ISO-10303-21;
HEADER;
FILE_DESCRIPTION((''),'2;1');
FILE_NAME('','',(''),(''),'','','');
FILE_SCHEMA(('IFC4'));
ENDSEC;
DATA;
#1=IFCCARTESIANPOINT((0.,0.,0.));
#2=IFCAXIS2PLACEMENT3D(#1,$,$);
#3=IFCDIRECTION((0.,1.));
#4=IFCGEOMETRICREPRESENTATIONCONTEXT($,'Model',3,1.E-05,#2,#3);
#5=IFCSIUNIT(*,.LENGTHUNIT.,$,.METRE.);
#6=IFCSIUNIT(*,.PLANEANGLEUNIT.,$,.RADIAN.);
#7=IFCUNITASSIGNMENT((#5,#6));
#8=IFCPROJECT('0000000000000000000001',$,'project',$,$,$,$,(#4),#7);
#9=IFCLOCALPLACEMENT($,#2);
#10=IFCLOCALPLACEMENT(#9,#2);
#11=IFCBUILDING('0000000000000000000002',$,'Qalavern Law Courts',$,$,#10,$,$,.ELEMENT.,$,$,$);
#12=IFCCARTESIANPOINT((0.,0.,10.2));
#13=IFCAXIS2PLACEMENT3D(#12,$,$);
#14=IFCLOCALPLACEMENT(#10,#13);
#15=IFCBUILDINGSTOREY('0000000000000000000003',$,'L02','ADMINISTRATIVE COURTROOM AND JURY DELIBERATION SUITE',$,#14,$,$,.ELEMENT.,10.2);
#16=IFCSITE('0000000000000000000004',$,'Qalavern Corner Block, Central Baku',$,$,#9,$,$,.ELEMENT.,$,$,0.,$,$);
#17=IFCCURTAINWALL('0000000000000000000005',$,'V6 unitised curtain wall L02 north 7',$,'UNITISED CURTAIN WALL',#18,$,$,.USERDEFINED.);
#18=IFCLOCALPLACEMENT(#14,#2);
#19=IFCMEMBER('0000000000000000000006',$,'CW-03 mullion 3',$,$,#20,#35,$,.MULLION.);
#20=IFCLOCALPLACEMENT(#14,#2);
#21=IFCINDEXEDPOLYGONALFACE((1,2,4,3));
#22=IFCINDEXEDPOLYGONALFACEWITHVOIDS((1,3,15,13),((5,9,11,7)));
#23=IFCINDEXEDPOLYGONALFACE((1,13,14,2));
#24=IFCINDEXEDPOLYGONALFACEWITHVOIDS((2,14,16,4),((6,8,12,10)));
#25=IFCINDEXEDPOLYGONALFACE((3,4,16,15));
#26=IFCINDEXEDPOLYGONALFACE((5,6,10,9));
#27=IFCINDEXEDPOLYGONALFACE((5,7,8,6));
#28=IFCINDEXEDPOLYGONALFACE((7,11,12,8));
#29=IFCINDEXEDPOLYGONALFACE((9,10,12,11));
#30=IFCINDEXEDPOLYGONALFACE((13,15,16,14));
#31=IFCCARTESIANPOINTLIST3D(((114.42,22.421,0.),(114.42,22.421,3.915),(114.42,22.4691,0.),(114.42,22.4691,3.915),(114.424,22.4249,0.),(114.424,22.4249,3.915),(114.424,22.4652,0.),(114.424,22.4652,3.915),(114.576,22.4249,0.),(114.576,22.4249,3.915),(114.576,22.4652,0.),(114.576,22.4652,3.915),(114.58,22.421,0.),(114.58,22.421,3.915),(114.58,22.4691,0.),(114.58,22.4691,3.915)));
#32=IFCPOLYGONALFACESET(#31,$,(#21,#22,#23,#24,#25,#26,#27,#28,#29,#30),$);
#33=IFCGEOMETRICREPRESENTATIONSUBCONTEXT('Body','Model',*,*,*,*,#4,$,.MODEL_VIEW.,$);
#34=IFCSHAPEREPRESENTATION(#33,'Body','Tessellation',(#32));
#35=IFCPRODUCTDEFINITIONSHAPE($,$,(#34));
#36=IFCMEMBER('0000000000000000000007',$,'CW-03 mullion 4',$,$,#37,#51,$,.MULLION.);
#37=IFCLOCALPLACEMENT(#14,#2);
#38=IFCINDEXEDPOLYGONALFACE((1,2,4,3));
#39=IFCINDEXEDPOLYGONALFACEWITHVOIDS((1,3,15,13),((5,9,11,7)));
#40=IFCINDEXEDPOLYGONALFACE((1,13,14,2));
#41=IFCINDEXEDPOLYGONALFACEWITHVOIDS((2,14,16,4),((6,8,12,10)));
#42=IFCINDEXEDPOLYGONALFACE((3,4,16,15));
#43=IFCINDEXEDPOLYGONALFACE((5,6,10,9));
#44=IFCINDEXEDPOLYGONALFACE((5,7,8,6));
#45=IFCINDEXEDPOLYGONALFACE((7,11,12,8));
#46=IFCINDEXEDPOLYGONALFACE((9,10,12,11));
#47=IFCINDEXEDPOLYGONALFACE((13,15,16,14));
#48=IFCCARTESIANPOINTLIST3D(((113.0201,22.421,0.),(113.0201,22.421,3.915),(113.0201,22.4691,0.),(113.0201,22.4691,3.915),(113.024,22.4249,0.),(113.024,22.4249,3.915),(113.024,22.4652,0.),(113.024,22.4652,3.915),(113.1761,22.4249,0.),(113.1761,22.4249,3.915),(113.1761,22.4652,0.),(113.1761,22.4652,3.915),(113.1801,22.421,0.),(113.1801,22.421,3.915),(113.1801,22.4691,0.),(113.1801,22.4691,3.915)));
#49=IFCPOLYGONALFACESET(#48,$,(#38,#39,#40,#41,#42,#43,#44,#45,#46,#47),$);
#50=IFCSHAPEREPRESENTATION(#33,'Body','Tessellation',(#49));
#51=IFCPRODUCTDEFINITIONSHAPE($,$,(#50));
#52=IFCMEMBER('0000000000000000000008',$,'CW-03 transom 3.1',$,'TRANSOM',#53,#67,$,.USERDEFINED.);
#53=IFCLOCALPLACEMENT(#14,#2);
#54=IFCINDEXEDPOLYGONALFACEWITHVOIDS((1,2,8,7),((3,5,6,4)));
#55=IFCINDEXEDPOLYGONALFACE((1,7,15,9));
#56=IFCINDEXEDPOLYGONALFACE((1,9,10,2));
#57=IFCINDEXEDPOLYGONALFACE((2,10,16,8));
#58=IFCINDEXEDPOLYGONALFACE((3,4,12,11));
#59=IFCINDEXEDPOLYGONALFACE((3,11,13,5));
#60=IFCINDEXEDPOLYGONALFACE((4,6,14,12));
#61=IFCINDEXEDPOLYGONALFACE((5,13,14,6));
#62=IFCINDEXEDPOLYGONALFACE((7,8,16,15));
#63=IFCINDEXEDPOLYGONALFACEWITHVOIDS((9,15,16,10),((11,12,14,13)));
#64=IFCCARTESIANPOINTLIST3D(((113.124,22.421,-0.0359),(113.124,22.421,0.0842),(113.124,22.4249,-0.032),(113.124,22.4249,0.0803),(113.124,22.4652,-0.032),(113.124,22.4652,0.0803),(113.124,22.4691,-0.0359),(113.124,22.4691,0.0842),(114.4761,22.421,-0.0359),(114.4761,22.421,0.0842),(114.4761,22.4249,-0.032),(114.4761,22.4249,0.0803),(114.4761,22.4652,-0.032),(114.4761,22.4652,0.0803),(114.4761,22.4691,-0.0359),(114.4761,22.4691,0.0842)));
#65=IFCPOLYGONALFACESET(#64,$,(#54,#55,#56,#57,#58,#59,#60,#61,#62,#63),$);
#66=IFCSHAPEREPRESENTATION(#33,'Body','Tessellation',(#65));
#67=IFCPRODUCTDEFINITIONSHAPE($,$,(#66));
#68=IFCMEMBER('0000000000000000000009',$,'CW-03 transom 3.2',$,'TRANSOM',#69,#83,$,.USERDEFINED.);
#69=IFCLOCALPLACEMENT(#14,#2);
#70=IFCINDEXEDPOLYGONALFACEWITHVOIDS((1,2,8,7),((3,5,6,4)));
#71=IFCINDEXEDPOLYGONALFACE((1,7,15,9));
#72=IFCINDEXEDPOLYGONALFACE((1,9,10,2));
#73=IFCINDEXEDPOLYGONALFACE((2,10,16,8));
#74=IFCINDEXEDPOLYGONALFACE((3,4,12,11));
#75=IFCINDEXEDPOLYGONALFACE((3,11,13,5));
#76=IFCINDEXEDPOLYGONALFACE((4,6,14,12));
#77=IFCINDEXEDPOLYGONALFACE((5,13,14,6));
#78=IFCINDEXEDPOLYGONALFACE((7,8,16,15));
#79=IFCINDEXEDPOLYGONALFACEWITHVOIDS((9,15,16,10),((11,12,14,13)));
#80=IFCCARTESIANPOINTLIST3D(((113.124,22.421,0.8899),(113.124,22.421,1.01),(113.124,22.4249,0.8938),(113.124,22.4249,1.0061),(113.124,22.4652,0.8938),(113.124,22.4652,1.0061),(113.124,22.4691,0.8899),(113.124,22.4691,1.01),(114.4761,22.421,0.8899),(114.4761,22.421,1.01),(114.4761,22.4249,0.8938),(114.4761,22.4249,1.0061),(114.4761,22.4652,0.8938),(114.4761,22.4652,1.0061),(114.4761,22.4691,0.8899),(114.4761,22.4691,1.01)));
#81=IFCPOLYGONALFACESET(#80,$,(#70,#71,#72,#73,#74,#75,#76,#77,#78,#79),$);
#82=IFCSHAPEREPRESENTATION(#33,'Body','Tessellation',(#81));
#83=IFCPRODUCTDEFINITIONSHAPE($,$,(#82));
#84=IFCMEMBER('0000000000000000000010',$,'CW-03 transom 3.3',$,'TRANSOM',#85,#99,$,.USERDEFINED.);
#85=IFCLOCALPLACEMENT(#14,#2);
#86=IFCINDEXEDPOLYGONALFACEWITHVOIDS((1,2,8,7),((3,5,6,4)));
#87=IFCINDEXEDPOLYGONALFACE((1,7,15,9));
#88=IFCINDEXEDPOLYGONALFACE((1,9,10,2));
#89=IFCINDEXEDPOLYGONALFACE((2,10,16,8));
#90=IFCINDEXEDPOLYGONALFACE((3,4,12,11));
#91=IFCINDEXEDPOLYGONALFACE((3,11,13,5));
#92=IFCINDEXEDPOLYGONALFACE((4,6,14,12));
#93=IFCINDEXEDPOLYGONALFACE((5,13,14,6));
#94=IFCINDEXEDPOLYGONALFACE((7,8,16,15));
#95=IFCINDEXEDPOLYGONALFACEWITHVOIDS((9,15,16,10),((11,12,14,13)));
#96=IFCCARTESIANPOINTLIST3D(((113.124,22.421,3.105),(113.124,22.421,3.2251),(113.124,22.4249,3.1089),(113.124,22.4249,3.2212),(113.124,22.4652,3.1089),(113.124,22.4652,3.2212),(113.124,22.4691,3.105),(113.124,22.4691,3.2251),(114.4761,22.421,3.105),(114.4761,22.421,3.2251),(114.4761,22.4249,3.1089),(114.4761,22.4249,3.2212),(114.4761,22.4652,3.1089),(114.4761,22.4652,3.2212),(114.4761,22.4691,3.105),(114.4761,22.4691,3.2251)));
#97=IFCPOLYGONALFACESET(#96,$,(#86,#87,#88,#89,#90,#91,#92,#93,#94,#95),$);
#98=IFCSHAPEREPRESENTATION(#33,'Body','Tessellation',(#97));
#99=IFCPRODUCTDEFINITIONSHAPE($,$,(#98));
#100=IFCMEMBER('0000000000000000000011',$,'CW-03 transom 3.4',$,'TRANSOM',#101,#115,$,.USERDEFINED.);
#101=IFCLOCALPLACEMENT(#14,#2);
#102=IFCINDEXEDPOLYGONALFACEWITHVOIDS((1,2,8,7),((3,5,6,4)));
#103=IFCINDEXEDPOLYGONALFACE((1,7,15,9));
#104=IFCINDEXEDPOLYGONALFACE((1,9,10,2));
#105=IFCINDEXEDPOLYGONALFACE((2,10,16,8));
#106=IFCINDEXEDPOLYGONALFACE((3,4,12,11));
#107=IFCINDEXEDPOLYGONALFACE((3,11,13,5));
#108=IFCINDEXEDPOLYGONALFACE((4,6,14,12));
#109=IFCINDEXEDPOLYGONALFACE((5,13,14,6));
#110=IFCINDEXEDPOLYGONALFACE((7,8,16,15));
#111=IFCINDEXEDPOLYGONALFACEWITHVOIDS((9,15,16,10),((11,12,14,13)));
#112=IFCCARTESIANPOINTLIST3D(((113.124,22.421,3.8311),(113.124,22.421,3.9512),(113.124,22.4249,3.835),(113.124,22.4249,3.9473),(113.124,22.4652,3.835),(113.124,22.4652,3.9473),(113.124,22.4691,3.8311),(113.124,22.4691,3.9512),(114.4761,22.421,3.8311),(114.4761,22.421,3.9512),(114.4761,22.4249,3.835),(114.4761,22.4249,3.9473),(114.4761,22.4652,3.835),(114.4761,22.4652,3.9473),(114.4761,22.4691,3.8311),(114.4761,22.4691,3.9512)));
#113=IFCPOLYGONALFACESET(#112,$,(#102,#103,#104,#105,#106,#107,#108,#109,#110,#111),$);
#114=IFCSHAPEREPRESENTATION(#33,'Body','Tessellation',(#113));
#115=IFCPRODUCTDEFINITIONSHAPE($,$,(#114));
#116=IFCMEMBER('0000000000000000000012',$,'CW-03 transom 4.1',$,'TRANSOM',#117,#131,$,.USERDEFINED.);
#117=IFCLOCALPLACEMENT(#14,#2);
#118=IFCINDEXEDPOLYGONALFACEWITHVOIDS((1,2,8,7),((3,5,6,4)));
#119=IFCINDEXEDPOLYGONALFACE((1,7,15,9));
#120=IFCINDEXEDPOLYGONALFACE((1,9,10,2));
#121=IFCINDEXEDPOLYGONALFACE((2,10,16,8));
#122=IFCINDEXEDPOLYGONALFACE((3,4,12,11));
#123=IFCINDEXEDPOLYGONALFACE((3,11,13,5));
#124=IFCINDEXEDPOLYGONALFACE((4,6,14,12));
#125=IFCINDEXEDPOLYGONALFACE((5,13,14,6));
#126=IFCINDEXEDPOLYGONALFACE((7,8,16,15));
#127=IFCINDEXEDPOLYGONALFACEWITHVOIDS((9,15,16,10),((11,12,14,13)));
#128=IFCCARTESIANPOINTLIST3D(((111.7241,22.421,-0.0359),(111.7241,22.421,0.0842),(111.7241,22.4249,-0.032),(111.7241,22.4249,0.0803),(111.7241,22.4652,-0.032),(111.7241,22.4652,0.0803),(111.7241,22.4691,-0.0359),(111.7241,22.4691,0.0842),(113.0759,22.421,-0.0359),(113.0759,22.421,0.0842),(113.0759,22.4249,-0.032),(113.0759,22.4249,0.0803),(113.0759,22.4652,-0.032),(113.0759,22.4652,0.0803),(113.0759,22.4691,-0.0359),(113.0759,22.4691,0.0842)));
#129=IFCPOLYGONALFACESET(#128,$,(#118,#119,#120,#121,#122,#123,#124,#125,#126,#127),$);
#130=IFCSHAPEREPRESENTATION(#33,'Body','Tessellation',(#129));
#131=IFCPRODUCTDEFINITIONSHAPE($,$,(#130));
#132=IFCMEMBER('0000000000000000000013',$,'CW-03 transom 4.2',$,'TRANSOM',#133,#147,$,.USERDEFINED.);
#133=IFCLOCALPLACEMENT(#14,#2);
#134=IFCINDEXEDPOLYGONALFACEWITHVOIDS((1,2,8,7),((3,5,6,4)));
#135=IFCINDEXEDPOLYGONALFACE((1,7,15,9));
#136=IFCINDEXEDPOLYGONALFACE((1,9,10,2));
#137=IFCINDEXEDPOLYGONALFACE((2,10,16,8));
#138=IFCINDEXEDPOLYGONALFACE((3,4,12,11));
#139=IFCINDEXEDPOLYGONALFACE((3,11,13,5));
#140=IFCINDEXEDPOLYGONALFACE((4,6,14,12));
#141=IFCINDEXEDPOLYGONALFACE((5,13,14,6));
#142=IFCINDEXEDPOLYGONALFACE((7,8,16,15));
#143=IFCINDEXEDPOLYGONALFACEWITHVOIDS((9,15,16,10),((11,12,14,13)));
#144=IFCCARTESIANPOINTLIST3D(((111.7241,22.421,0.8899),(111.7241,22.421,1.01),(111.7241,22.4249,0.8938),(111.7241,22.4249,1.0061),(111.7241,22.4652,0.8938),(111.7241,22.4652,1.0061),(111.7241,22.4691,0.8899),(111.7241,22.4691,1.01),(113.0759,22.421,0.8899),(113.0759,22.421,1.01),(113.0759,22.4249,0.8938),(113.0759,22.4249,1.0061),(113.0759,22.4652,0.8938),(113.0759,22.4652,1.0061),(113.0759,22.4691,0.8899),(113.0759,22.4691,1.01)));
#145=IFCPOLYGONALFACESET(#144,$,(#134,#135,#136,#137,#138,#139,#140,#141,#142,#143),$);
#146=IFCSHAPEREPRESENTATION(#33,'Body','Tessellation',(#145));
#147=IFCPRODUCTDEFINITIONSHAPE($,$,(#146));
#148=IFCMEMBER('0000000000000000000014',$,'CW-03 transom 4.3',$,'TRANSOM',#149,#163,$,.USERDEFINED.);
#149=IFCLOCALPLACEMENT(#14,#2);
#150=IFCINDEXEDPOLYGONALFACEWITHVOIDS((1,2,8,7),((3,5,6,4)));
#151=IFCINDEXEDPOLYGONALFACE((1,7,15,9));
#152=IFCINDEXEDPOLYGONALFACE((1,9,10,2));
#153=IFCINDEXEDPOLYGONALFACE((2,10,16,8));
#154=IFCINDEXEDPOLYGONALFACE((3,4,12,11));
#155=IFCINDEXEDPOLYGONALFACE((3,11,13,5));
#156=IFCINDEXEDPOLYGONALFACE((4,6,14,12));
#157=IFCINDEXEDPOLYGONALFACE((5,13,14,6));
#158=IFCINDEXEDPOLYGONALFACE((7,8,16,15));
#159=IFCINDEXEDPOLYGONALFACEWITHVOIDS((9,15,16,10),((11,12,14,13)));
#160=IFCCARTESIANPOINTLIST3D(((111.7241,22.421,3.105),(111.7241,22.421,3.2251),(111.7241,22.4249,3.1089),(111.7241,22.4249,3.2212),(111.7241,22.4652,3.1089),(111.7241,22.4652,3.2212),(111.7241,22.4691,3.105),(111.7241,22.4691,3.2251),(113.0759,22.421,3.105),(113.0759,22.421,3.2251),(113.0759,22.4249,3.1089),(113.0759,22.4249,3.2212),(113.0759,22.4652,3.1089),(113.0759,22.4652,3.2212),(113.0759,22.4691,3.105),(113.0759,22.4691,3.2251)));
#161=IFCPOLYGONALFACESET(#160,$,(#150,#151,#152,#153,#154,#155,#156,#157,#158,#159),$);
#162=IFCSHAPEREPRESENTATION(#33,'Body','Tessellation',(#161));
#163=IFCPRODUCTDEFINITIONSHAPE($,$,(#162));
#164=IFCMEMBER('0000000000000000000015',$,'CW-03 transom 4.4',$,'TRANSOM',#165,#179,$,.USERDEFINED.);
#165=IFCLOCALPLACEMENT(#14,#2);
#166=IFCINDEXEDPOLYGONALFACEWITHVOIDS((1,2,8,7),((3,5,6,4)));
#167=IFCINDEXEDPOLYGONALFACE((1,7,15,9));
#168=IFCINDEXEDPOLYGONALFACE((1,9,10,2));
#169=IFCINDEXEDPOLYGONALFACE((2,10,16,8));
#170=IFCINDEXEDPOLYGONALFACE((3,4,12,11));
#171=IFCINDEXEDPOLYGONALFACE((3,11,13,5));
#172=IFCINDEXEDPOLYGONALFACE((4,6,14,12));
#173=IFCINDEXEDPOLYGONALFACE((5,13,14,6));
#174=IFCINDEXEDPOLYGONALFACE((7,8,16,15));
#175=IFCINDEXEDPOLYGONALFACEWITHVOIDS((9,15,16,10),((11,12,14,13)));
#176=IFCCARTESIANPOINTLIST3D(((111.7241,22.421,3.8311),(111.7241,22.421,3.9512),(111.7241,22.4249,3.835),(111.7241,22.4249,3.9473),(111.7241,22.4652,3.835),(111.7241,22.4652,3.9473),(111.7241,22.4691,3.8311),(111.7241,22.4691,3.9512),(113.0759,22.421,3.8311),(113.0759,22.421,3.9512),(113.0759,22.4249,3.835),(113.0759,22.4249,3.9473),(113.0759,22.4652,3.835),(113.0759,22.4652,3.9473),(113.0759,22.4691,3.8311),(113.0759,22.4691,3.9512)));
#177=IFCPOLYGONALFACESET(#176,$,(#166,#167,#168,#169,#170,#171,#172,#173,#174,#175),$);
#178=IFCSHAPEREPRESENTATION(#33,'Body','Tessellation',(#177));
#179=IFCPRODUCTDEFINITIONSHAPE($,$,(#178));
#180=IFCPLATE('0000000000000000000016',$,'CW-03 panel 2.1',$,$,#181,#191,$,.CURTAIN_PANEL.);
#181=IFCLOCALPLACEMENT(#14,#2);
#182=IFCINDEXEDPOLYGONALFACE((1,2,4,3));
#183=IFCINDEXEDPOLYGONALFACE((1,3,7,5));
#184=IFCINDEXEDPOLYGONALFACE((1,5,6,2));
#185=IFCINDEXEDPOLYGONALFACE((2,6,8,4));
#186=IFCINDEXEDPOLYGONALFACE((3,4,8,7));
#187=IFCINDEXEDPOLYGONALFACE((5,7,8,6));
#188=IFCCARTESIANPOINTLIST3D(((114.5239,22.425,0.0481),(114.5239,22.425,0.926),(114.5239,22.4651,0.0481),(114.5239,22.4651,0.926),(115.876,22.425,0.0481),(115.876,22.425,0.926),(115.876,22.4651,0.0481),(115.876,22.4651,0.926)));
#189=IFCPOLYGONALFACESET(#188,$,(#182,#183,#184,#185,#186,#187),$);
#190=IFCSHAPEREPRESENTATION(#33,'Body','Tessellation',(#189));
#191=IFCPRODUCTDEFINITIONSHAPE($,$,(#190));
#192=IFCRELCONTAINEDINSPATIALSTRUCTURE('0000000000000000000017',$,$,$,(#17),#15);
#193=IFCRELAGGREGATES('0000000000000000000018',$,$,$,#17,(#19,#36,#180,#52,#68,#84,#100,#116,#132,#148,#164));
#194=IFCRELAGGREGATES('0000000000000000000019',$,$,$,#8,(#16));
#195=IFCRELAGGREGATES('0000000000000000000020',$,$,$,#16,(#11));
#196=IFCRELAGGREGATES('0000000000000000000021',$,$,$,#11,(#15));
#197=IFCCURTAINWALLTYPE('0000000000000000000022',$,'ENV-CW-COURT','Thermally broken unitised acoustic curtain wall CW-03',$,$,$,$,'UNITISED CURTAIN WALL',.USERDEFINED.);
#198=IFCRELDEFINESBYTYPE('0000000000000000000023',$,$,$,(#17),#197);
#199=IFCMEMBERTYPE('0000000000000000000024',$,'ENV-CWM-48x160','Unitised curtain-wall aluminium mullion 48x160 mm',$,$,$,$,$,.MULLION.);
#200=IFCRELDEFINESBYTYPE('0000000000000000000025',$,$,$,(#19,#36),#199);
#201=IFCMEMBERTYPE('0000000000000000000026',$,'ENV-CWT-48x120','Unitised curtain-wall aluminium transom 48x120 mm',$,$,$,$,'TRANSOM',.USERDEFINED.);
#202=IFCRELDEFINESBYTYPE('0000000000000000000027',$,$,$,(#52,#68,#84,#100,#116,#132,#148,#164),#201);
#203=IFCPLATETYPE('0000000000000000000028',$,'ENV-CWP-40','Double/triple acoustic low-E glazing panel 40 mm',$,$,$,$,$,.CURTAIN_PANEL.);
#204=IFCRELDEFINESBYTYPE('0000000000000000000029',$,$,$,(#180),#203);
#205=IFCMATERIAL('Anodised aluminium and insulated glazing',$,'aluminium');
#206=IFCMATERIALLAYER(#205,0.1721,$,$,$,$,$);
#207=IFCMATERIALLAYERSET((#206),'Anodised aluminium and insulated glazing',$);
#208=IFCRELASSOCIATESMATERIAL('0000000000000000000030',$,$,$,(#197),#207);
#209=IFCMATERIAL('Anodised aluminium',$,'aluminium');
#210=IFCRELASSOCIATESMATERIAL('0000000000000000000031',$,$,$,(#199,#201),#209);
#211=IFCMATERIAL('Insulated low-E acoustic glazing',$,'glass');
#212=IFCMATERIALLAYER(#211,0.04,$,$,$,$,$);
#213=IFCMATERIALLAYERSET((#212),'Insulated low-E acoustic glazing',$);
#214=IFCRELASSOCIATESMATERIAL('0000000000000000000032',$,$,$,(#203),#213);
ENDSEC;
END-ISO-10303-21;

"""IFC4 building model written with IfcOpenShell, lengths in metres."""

from ifc_helpers import new_model, si_unit, direction, frame, origin, origin_2d, place, context, subcontext, project, spatial, rectangle, hollow_rectangle, extrude, material, layer, layer_set, material_profile, profile_set, type_object, element, aggregate, save


model = new_model("IFC4")

# Units and contexts
model_context = context("Model", 3, precision=1e-05, world=origin(), true_north=direction((0.0, 1.0)))
body_context = subcontext(model_context, "Body", "Model", "MODEL_VIEW")
ifc_project = project(units=[si_unit("LENGTHUNIT", "METRE"), si_unit("PLANEANGLEUNIT", "RADIAN")], contexts=[model_context])

# Site, building, storey
site_placement = place(None, origin())
site = spatial("IfcSite", under=ifc_project, at=site_placement, Name="Qalavern Corner Block, Central Baku", CompositionType="ELEMENT", RefElevation=0.0)
building_placement = place(site_placement, origin())
building = spatial("IfcBuilding", under=site, at=building_placement, Name="Qalavern Law Courts", CompositionType="ELEMENT")
storey_placement = place(building_placement, frame((0.0, 0.0, 10.2)))
storey = spatial("IfcBuildingStorey", under=building, at=storey_placement, Name="L02", Description="ADMINISTRATIVE COURTROOM AND JURY DELIBERATION SUITE", CompositionType="ELEMENT", Elevation=10.2)

# Curtain wall, members, plate
ifc_material_1 = material(Name="Anodised aluminium and insulated glazing", Category="aluminium")
ifc_layer_1 = layer(ifc_material_1, 0.1721)
ifc_layer_set_1 = layer_set([ifc_layer_1], Name="Anodised aluminium and insulated glazing")
curtain_wall_type = type_object("IfcCurtainWallType", Name="ENV-CW-COURT", Description="Thermally broken unitised acoustic curtain wall CW-03", ElementType="UNITISED CURTAIN WALL", PredefinedType="USERDEFINED", material=ifc_layer_set_1)
curtain_wall_placement = place(storey_placement, origin())
curtain_wall = element("IfcCurtainWall", 1, at=curtain_wall_placement, inside=storey, type_object=curtain_wall_type, Name="V6 unitised curtain wall L02 north 7", ObjectType="UNITISED CURTAIN WALL", PredefinedType="USERDEFINED")
ifc_material_2 = material(Name="Anodised aluminium", Category="aluminium")
ifc_material_profile_1 = material_profile(ifc_material_2, hollow_rectangle(XDim=0.0481, YDim=0.1599, WallThickness=0.0039, at=origin_2d()), Name="ALU MULLION 48x160")
ifc_profile_set_1 = profile_set([ifc_material_profile_1], Name="Anodised aluminium")
member_type_1 = type_object("IfcMemberType", Name="ENV-CWM-48x160", Description="Unitised curtain-wall aluminium mullion 48x160 mm", PredefinedType="MULLION", material=ifc_profile_set_1)
member_1_placement = place(storey_placement, frame((114.5, 22.4451, 0.0), z_axis=(0.0, 0.0, 1.0), x_axis=(0.0, -1.0, 0.0)))
member_1 = element("IfcMember", 2, at=member_1_placement, type_object=member_type_1, Name="CW-03 mullion 3", PredefinedType="MULLION", context=body_context, shape_type="SweptSolid", body=[
    extrude(hollow_rectangle(XDim=0.0481, YDim=0.1599, WallThickness=0.0039, at=origin_2d()), origin(), (0.0, 0.0, 1.0), 3.915),
])
member_2_placement = place(storey_placement, frame((113.1001, 22.4451, 0.0), z_axis=(0.0, 0.0, 1.0), x_axis=(0.0, -1.0, 0.0)))
member_2 = element("IfcMember", 3, at=member_2_placement, type_object=member_type_1, Name="CW-03 mullion 4", PredefinedType="MULLION", context=body_context, shape_type="SweptSolid", body=[
    extrude(hollow_rectangle(XDim=0.0481, YDim=0.1599, WallThickness=0.0039, at=origin_2d()), origin(), (0.0, 0.0, 1.0), 3.915),
])
ifc_material_profile_2 = material_profile(ifc_material_2, hollow_rectangle(XDim=0.0481, YDim=0.1201, WallThickness=0.0039, at=origin_2d()), Name="ALU TRANSOM 48x120")
ifc_profile_set_2 = profile_set([ifc_material_profile_2], Name="Anodised aluminium")
member_type_2 = type_object("IfcMemberType", Name="ENV-CWT-48x120", Description="Unitised curtain-wall aluminium transom 48x120 mm", ElementType="TRANSOM", PredefinedType="USERDEFINED", material=ifc_profile_set_2)
member_3_placement = place(storey_placement, frame((114.4761, 22.4451, 0.0242), z_axis=(-1.0, 0.0, 0.0), x_axis=(0.0, -1.0, 0.0)))
member_3 = element("IfcMember", 4, at=member_3_placement, type_object=member_type_2, Name="CW-03 transom 3.1", ObjectType="TRANSOM", PredefinedType="USERDEFINED", context=body_context, shape_type="SweptSolid", body=[
    extrude(hollow_rectangle(XDim=0.0481, YDim=0.1201, WallThickness=0.0039, at=origin_2d()), origin(), (0.0, 0.0, 1.0), 1.3521),
])
member_4_placement = place(storey_placement, frame((114.4761, 22.4451, 0.95), z_axis=(-1.0, 0.0, 0.0), x_axis=(0.0, -1.0, 0.0)))
member_4 = element("IfcMember", 5, at=member_4_placement, type_object=member_type_2, Name="CW-03 transom 3.2", ObjectType="TRANSOM", PredefinedType="USERDEFINED", context=body_context, shape_type="SweptSolid", body=[
    extrude(hollow_rectangle(XDim=0.0481, YDim=0.1201, WallThickness=0.0039, at=origin_2d()), origin(), (0.0, 0.0, 1.0), 1.3521),
])
member_5_placement = place(storey_placement, frame((114.4761, 22.4451, 3.165), z_axis=(-1.0, 0.0, 0.0), x_axis=(0.0, -1.0, 0.0)))
member_5 = element("IfcMember", 6, at=member_5_placement, type_object=member_type_2, Name="CW-03 transom 3.3", ObjectType="TRANSOM", PredefinedType="USERDEFINED", context=body_context, shape_type="SweptSolid", body=[
    extrude(hollow_rectangle(XDim=0.0481, YDim=0.1201, WallThickness=0.0039, at=origin_2d()), origin(), (0.0, 0.0, 1.0), 1.3521),
])
member_6_placement = place(storey_placement, frame((114.4761, 22.4451, 3.8911), z_axis=(-1.0, 0.0, 0.0), x_axis=(0.0, -1.0, 0.0)))
member_6 = element("IfcMember", 7, at=member_6_placement, type_object=member_type_2, Name="CW-03 transom 3.4", ObjectType="TRANSOM", PredefinedType="USERDEFINED", context=body_context, shape_type="SweptSolid", body=[
    extrude(hollow_rectangle(XDim=0.0481, YDim=0.1201, WallThickness=0.0039, at=origin_2d()), origin(), (0.0, 0.0, 1.0), 1.3521),
])
member_7_placement = place(storey_placement, frame((113.0759, 22.4451, 0.0242), z_axis=(-1.0, 0.0, 0.0), x_axis=(0.0, -1.0, 0.0)))
member_7 = element("IfcMember", 8, at=member_7_placement, type_object=member_type_2, Name="CW-03 transom 4.1", ObjectType="TRANSOM", PredefinedType="USERDEFINED", context=body_context, shape_type="SweptSolid", body=[
    extrude(hollow_rectangle(XDim=0.0481, YDim=0.1201, WallThickness=0.0039, at=origin_2d()), origin(), (0.0, 0.0, 1.0), 1.3518),
])
member_8_placement = place(storey_placement, frame((113.0759, 22.4451, 0.95), z_axis=(-1.0, 0.0, 0.0), x_axis=(0.0, -1.0, 0.0)))
member_8 = element("IfcMember", 9, at=member_8_placement, type_object=member_type_2, Name="CW-03 transom 4.2", ObjectType="TRANSOM", PredefinedType="USERDEFINED", context=body_context, shape_type="SweptSolid", body=[
    extrude(hollow_rectangle(XDim=0.0481, YDim=0.1201, WallThickness=0.0039, at=origin_2d()), origin(), (0.0, 0.0, 1.0), 1.3518),
])
member_9_placement = place(storey_placement, frame((113.0759, 22.4451, 3.165), z_axis=(-1.0, 0.0, 0.0), x_axis=(0.0, -1.0, 0.0)))
member_9 = element("IfcMember", 10, at=member_9_placement, type_object=member_type_2, Name="CW-03 transom 4.3", ObjectType="TRANSOM", PredefinedType="USERDEFINED", context=body_context, shape_type="SweptSolid", body=[
    extrude(hollow_rectangle(XDim=0.0481, YDim=0.1201, WallThickness=0.0039, at=origin_2d()), origin(), (0.0, 0.0, 1.0), 1.3518),
])
member_10_placement = place(storey_placement, frame((113.0759, 22.4451, 3.8911), z_axis=(-1.0, 0.0, 0.0), x_axis=(0.0, -1.0, 0.0)))
member_10 = element("IfcMember", 11, at=member_10_placement, type_object=member_type_2, Name="CW-03 transom 4.4", ObjectType="TRANSOM", PredefinedType="USERDEFINED", context=body_context, shape_type="SweptSolid", body=[
    extrude(hollow_rectangle(XDim=0.0481, YDim=0.1201, WallThickness=0.0039, at=origin_2d()), origin(), (0.0, 0.0, 1.0), 1.3518),
])
ifc_material_3 = material(Name="Insulated low-E acoustic glazing", Category="glass")
ifc_layer_2 = layer(ifc_material_3, 0.04)
ifc_layer_set_2 = layer_set([ifc_layer_2], Name="Insulated low-E acoustic glazing")
plate_type = type_object("IfcPlateType", Name="ENV-CWP-40", Description="Double/triple acoustic low-E glazing panel 40 mm", PredefinedType="CURTAIN_PANEL", material=ifc_layer_set_2)
plate_1_placement = place(storey_placement, frame((115.2, 22.4451, 0.0481), z_axis=(0.0, 0.0, 1.0), x_axis=(-1.0, 0.0, 0.0)))
plate_1 = element("IfcPlate", 12, at=plate_1_placement, type_object=plate_type, Name="CW-03 panel 2.1", PredefinedType="CURTAIN_PANEL", context=body_context, shape_type="SweptSolid", body=[
    extrude(rectangle(XDim=1.3521, YDim=0.04, at=origin_2d()), origin(), (0.0, 0.0, 1.0), 0.8779),
])
aggregate(curtain_wall, [member_1, member_2, plate_1, member_3, member_4, member_5, member_6, member_7, member_8, member_9, member_10])

save(model, "model.ifc")
